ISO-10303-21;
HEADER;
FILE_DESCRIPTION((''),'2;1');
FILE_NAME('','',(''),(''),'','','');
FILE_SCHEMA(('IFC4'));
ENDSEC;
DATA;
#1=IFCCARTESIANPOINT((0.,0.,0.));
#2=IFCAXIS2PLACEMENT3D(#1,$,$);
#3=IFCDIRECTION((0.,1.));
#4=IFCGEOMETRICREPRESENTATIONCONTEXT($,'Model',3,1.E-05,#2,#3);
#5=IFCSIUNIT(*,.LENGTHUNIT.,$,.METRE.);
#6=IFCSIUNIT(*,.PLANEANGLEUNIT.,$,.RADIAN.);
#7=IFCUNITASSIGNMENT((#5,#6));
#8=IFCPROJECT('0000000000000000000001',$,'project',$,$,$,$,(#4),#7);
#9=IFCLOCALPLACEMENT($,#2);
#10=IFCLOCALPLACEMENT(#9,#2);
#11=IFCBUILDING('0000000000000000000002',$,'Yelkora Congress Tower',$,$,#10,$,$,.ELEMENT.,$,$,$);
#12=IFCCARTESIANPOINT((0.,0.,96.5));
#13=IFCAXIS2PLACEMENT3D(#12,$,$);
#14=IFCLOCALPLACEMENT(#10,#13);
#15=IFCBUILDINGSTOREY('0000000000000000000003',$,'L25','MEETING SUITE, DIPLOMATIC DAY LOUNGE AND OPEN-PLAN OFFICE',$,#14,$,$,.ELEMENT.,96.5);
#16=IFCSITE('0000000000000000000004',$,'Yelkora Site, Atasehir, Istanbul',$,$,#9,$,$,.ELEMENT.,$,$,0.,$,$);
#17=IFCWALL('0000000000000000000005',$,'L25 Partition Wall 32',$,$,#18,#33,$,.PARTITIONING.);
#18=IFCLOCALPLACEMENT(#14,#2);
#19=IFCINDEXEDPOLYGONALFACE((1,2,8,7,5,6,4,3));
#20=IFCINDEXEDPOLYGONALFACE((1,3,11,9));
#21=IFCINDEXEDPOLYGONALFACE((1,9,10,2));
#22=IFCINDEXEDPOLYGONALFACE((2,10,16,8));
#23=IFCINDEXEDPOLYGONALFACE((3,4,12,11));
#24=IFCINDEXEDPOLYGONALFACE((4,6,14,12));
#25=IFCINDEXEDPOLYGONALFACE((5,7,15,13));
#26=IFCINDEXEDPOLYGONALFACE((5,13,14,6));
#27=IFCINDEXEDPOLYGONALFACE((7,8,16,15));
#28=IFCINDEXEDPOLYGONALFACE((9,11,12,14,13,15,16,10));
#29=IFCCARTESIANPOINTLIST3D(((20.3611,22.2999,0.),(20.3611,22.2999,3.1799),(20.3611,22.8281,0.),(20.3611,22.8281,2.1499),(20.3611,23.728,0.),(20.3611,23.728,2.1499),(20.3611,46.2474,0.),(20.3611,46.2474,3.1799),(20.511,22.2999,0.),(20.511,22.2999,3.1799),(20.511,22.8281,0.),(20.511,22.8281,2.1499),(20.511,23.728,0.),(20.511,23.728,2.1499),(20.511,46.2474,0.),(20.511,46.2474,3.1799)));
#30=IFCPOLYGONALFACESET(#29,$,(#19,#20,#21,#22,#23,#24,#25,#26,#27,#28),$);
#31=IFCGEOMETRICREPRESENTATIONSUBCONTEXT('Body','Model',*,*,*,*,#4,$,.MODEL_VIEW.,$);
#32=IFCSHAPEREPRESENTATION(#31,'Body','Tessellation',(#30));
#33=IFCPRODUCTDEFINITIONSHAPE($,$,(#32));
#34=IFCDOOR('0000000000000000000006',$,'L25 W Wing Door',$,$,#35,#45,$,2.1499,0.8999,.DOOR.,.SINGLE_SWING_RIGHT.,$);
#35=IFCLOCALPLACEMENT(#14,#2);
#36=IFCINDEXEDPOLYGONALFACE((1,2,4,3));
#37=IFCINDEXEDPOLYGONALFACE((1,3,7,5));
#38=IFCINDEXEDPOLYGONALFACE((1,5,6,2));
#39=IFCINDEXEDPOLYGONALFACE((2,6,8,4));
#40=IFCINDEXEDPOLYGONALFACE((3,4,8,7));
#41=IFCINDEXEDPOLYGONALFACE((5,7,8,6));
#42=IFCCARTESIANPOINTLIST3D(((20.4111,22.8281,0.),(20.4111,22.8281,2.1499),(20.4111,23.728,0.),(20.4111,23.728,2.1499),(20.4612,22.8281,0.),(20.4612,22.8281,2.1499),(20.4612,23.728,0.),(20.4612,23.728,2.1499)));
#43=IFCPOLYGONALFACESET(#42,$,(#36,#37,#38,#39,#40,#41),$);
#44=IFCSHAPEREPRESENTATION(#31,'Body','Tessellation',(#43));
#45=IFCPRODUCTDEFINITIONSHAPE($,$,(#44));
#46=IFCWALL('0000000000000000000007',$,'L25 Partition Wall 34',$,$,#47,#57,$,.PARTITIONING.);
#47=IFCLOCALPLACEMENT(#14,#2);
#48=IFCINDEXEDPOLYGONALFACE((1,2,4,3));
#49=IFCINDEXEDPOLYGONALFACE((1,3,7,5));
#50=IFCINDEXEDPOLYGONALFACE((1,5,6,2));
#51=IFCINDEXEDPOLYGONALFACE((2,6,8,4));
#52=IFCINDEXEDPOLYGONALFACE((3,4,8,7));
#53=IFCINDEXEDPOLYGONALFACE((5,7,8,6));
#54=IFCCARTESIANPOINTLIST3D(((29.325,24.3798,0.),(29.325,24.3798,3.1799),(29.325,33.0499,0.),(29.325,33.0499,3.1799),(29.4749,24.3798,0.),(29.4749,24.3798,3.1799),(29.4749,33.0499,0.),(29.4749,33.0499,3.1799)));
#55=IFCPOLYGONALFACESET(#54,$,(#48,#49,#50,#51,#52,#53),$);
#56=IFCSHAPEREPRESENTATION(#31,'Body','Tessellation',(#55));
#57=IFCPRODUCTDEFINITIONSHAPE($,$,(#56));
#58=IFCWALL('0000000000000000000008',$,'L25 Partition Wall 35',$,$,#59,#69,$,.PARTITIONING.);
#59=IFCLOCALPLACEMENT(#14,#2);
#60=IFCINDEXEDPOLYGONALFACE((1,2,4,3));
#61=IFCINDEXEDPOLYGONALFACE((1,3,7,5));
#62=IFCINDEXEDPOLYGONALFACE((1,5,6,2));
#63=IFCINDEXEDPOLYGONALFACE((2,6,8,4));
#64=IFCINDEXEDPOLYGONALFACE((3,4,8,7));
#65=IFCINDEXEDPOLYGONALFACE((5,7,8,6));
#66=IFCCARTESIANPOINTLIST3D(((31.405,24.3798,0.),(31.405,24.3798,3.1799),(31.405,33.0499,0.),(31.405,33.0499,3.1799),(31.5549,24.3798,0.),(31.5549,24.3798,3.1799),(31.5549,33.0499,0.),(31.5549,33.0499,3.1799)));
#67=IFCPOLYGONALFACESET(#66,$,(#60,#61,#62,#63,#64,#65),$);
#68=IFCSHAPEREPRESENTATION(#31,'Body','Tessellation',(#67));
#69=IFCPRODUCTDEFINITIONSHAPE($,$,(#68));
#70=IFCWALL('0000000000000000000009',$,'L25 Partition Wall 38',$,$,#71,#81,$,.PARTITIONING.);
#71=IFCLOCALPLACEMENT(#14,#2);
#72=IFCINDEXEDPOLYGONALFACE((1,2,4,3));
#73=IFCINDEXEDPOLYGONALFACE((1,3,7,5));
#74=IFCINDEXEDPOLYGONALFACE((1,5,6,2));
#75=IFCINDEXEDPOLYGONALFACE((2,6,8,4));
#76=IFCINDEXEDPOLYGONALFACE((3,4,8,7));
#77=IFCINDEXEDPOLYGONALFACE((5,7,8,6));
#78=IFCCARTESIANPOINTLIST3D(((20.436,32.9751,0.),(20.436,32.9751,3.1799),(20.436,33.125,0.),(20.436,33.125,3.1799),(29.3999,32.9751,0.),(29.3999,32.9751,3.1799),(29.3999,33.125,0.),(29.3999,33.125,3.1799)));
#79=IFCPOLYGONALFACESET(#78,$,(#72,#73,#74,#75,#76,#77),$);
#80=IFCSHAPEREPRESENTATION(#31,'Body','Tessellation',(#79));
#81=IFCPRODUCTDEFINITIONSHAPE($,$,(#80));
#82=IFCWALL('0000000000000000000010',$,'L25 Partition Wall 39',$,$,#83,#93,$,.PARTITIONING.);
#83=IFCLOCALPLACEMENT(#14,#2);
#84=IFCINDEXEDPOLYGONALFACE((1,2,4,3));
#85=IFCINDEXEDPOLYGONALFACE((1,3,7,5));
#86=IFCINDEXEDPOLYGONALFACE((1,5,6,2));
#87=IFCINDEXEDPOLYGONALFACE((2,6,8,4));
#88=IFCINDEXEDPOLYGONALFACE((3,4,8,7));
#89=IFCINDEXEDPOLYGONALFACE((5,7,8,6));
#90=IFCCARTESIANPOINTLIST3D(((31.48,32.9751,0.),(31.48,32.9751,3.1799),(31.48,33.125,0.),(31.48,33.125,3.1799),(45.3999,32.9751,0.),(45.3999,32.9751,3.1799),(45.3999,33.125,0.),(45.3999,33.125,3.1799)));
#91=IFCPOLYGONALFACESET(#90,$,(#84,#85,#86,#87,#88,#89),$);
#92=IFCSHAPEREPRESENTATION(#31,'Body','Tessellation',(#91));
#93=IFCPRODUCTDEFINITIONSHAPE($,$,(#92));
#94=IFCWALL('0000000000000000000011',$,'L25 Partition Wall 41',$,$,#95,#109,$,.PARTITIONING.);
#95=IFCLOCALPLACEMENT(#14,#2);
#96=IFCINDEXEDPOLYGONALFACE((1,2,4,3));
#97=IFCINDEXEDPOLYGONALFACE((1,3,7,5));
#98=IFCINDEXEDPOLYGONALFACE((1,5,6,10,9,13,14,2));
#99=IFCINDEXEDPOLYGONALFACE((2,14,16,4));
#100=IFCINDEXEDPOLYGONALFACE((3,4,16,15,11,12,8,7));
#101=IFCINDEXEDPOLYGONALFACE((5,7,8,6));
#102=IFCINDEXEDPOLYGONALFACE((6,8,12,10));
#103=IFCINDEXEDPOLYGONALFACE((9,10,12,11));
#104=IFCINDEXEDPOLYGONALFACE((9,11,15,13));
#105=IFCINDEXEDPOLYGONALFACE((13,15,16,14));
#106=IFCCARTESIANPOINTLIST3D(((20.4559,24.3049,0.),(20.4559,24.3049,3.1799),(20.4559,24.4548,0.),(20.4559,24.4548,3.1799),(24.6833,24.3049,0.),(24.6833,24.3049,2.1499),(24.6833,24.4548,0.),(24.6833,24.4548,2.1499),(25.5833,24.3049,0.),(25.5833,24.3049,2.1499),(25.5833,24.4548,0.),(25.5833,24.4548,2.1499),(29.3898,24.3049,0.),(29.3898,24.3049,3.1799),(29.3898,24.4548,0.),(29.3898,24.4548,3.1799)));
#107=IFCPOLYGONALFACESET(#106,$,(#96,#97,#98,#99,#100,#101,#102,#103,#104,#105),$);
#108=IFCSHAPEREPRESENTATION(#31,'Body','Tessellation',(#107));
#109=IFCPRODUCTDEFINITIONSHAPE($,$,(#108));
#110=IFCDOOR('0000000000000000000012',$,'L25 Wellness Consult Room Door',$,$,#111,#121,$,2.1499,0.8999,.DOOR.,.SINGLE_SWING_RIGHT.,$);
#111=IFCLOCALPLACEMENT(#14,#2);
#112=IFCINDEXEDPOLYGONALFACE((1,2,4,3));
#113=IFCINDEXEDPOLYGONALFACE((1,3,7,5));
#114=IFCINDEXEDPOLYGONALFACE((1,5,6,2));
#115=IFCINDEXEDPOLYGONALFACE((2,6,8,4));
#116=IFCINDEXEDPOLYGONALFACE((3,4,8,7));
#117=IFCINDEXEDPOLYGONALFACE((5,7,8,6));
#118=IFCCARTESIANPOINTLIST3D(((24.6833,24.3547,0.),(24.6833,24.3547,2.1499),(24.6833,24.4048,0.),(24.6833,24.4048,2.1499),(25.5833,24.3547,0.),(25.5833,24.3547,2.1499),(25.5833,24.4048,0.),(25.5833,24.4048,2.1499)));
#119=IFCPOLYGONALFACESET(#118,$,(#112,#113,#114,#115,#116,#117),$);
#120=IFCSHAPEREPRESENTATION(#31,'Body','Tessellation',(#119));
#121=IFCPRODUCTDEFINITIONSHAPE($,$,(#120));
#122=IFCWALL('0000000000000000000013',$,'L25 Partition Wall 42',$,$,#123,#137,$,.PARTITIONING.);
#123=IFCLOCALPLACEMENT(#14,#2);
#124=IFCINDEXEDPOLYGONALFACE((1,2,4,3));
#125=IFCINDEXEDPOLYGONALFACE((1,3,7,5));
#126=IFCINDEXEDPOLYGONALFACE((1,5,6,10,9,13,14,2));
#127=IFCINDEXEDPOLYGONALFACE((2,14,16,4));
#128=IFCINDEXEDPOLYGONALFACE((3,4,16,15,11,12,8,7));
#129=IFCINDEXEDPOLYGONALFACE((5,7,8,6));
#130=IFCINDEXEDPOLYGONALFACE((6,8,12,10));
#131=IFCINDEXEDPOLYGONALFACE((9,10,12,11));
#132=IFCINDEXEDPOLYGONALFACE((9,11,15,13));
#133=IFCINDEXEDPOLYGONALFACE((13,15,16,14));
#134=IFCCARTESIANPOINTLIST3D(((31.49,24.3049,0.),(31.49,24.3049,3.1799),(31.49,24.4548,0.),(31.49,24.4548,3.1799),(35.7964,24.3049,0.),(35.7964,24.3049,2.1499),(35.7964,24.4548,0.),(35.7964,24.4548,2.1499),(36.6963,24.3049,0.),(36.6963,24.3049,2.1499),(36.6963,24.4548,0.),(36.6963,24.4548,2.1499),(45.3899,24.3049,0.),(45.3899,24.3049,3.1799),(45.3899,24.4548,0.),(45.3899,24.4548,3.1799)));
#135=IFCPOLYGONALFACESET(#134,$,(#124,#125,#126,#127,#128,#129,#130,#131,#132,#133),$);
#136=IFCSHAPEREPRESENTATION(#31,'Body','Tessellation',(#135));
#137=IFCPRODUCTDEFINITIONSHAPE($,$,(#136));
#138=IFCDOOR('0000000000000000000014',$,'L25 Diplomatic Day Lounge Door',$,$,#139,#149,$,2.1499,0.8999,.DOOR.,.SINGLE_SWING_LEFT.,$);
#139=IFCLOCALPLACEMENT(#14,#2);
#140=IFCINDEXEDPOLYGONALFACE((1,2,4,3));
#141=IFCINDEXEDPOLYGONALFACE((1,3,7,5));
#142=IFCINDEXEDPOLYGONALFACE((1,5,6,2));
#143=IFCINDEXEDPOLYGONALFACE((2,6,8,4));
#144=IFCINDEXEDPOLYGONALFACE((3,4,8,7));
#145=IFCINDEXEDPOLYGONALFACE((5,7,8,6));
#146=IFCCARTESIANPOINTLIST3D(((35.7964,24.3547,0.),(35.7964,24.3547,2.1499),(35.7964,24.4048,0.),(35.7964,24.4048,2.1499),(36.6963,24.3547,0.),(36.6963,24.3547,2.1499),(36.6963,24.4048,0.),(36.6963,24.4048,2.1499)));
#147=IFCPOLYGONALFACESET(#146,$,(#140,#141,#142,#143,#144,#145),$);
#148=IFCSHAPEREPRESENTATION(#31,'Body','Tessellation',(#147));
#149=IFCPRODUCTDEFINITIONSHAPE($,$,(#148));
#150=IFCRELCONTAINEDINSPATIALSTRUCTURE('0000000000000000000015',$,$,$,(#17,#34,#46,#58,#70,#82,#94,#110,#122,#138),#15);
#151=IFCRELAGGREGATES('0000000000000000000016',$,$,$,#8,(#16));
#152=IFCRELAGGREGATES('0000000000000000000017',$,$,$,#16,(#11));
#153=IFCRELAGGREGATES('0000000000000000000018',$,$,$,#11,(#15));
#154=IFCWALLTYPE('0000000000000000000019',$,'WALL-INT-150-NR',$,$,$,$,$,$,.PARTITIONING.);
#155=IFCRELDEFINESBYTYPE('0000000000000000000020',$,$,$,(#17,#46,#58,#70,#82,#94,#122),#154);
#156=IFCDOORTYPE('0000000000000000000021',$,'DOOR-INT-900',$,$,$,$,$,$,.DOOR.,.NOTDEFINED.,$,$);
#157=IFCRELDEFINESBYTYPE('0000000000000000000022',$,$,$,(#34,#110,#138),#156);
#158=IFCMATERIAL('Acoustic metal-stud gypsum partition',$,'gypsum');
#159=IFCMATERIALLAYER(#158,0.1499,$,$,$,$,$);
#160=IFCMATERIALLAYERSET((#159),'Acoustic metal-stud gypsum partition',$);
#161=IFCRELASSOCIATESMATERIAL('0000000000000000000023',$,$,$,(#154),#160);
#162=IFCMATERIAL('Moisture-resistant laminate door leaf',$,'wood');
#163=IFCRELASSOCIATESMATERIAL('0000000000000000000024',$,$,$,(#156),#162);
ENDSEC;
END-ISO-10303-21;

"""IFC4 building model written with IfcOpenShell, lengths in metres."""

from ifc_helpers import new_model, si_unit, direction, frame, frame_2d, origin, place, context, subcontext, project, spatial, rectangle, extrude, material, layer, layer_set, type_object, element, fill, save


model = new_model("IFC4")

# Units and contexts
model_context = context("Model", 3, precision=1e-05, world=origin(), true_north=direction((0.0, 1.0)))
body_context = subcontext(model_context, "Body", "Model", "MODEL_VIEW")
ifc_project = project(units=[si_unit("LENGTHUNIT", "METRE"), si_unit("PLANEANGLEUNIT", "RADIAN")], contexts=[model_context])

# Site, building, storey
site_placement = place(None, origin())
site = spatial("IfcSite", under=ifc_project, at=site_placement, Name="Yelkora Site, Atasehir, Istanbul", CompositionType="ELEMENT", RefElevation=0.0)
building_placement = place(site_placement, origin())
building = spatial("IfcBuilding", under=site, at=building_placement, Name="Yelkora Congress Tower", CompositionType="ELEMENT")
storey_placement = place(building_placement, frame((0.0, 0.0, 96.5)))
storey = spatial("IfcBuildingStorey", under=building, at=storey_placement, Name="L25", Description="MEETING SUITE, DIPLOMATIC DAY LOUNGE AND OPEN-PLAN OFFICE", CompositionType="ELEMENT", Elevation=96.5)

# Wall, opening, door
ifc_material_1 = material(Name="Acoustic metal-stud gypsum partition", Category="gypsum")
ifc_layer = layer(ifc_material_1, 0.1499)
ifc_layer_set = layer_set([ifc_layer], Name="Acoustic metal-stud gypsum partition")
wall_type = type_object("IfcWallType", Name="WALL-INT-150-NR", PredefinedType="PARTITIONING", material=ifc_layer_set)
wall_1_placement = place(storey_placement, frame((20.436, 22.3, 0.0), z_axis=(0.0, 0.0, 1.0), x_axis=(0.0, 1.0, 0.0)))
wall_1 = element("IfcWall", 1, at=wall_1_placement, inside=storey, type_object=wall_type, Name="L25 Partition Wall 32", PredefinedType="PARTITIONING", context=body_context, shape_type="SweptSolid", body=[
    extrude(rectangle(XDim=23.9475, YDim=0.1499, at=frame_2d((11.9736, 0.0))), origin(), (0.0, 0.0, 1.0), 3.1799),
])
opening_1_placement = place(wall_1_placement, frame((0.5281, 0.0, 0.0)))
opening_1 = element("IfcOpeningElement", 2, at=opening_1_placement, cuts=wall_1, PredefinedType="OPENING", context=body_context, shape_type="SweptSolid", body=[
    extrude(rectangle(XDim=0.8999, YDim=2.1499, at=frame_2d((0.45, 1.075))), frame((0.0, 0.085, 0.0), z_axis=(0.0, -1.0, 0.0), x_axis=(1.0, 0.0, 0.0)), (0.0, 0.0, 1.0), 0.1699),
])
ifc_material_2 = material(Name="Moisture-resistant laminate door leaf", Category="wood")
door_type = type_object("IfcDoorType", Name="DOOR-INT-900", OperationType="NOTDEFINED", PredefinedType="DOOR", material=ifc_material_2)
door_1_placement = place(opening_1_placement, origin())
door_1 = element("IfcDoor", 3, at=door_1_placement, inside=storey, type_object=door_type, Name="L25 W Wing Door", OperationType="SINGLE_SWING_RIGHT", OverallHeight=2.1499, OverallWidth=0.8999, PredefinedType="DOOR", context=body_context, shape_type="SweptSolid", body=[
    extrude(rectangle(XDim=0.8999, YDim=2.1499, at=frame_2d((0.45, 1.075))), frame((0.0, 0.0249, 0.0), z_axis=(0.0, -1.0, 0.0), x_axis=(1.0, 0.0, 0.0)), (0.0, 0.0, 1.0), 0.05),
])
fill(opening_1, door_1)

# Walls
for number, where, z_axis, x_axis, name in (
    (4, (29.3999, 24.3799, 0.0), (0.0, 0.0, 1.0), (0.0, 1.0, 0.0), "L25 Partition Wall 34"),
    (5, (31.48, 24.3799, 0.0), (0.0, 0.0, 1.0), (0.0, 1.0, 0.0), "L25 Partition Wall 35"),
):
    element("IfcWall", number, at=place(storey_placement, frame(where, z_axis=z_axis, x_axis=x_axis)), inside=storey, type_object=wall_type, Name=name, PredefinedType="PARTITIONING", context=body_context, shape_type="SweptSolid", body=[
        extrude(rectangle(XDim=8.6702, YDim=0.1499, at=frame_2d((4.335, 0.0))), origin(), (0.0, 0.0, 1.0), 3.1799),
    ])
wall_2_placement = place(storey_placement, frame((20.436, 33.05, 0.0), z_axis=(0.0, 0.0, 1.0), x_axis=(1.0, 0.0, 0.0)))
element("IfcWall", 6, at=wall_2_placement, inside=storey, type_object=wall_type, Name="L25 Partition Wall 38", PredefinedType="PARTITIONING", context=body_context, shape_type="SweptSolid", body=[
    extrude(rectangle(XDim=8.9639, YDim=0.1499, at=frame_2d((4.4819, 0.0))), origin(), (0.0, 0.0, 1.0), 3.1799),
])
wall_3_placement = place(storey_placement, frame((31.48, 33.05, 0.0), z_axis=(0.0, 0.0, 1.0), x_axis=(1.0, 0.0, 0.0)))
element("IfcWall", 7, at=wall_3_placement, inside=storey, type_object=wall_type, Name="L25 Partition Wall 39", PredefinedType="PARTITIONING", context=body_context, shape_type="SweptSolid", body=[
    extrude(rectangle(XDim=13.9199, YDim=0.1499, at=frame_2d((6.96, 0.0))), origin(), (0.0, 0.0, 1.0), 3.1799),
])

# Walls, openings, doors
wall_4_placement = place(storey_placement, frame((20.4561, 24.3799, 0.0), z_axis=(0.0, 0.0, 1.0), x_axis=(1.0, 0.0, 0.0)))
wall_4 = element("IfcWall", 8, at=wall_4_placement, inside=storey, type_object=wall_type, Name="L25 Partition Wall 41", PredefinedType="PARTITIONING", context=body_context, shape_type="SweptSolid", body=[
    extrude(rectangle(XDim=8.9338, YDim=0.1499, at=frame_2d((4.4668, 0.0))), origin(), (0.0, 0.0, 1.0), 3.1799),
])
opening_2_placement = place(wall_4_placement, frame((4.2273, 0.0, 0.0)))
opening_2 = element("IfcOpeningElement", 9, at=opening_2_placement, cuts=wall_4, PredefinedType="OPENING", context=body_context, shape_type="SweptSolid", body=[
    extrude(rectangle(XDim=0.8999, YDim=2.1499, at=frame_2d((0.45, 1.075))), frame((0.0, 0.085, 0.0), z_axis=(0.0, -1.0, 0.0), x_axis=(1.0, 0.0, 0.0)), (0.0, 0.0, 1.0), 0.1699),
])
door_2_placement = place(opening_2_placement, origin())
door_2 = element("IfcDoor", 10, at=door_2_placement, inside=storey, type_object=door_type, Name="L25 Wellness Consult Room Door", OperationType="SINGLE_SWING_RIGHT", OverallHeight=2.1499, OverallWidth=0.8999, PredefinedType="DOOR", context=body_context, shape_type="SweptSolid", body=[
    extrude(rectangle(XDim=0.8999, YDim=2.1499, at=frame_2d((0.45, 1.075))), frame((0.0, 0.0249, 0.0), z_axis=(0.0, -1.0, 0.0), x_axis=(1.0, 0.0, 0.0)), (0.0, 0.0, 1.0), 0.05),
])
fill(opening_2, door_2)
wall_5_placement = place(storey_placement, frame((31.49, 24.3799, 0.0), z_axis=(0.0, 0.0, 1.0), x_axis=(1.0, 0.0, 0.0)))
wall_5 = element("IfcWall", 11, at=wall_5_placement, inside=storey, type_object=wall_type, Name="L25 Partition Wall 42", PredefinedType="PARTITIONING", context=body_context, shape_type="SweptSolid", body=[
    extrude(rectangle(XDim=13.8999, YDim=0.1499, at=frame_2d((6.95, 0.0))), origin(), (0.0, 0.0, 1.0), 3.1799),
])
opening_3_placement = place(wall_5_placement, frame((4.3064, 0.0, 0.0)))
opening_3 = element("IfcOpeningElement", 12, at=opening_3_placement, cuts=wall_5, PredefinedType="OPENING", context=body_context, shape_type="SweptSolid", body=[
    extrude(rectangle(XDim=0.8999, YDim=2.1499, at=frame_2d((0.45, 1.075))), frame((0.0, 0.085, 0.0), z_axis=(0.0, -1.0, 0.0), x_axis=(1.0, 0.0, 0.0)), (0.0, 0.0, 1.0), 0.1699),
])
door_3_placement = place(opening_3_placement, origin())
door_3 = element("IfcDoor", 13, at=door_3_placement, inside=storey, type_object=door_type, Name="L25 Diplomatic Day Lounge Door", OperationType="SINGLE_SWING_LEFT", OverallHeight=2.1499, OverallWidth=0.8999, PredefinedType="DOOR", context=body_context, shape_type="SweptSolid", body=[
    extrude(rectangle(XDim=0.8999, YDim=2.1499, at=frame_2d((0.45, 1.075))), frame((0.0, 0.0249, 0.0), z_axis=(0.0, -1.0, 0.0), x_axis=(1.0, 0.0, 0.0)), (0.0, 0.0, 1.0), 0.05),
])
fill(opening_3, door_3)

save(model, "model.ifc")
